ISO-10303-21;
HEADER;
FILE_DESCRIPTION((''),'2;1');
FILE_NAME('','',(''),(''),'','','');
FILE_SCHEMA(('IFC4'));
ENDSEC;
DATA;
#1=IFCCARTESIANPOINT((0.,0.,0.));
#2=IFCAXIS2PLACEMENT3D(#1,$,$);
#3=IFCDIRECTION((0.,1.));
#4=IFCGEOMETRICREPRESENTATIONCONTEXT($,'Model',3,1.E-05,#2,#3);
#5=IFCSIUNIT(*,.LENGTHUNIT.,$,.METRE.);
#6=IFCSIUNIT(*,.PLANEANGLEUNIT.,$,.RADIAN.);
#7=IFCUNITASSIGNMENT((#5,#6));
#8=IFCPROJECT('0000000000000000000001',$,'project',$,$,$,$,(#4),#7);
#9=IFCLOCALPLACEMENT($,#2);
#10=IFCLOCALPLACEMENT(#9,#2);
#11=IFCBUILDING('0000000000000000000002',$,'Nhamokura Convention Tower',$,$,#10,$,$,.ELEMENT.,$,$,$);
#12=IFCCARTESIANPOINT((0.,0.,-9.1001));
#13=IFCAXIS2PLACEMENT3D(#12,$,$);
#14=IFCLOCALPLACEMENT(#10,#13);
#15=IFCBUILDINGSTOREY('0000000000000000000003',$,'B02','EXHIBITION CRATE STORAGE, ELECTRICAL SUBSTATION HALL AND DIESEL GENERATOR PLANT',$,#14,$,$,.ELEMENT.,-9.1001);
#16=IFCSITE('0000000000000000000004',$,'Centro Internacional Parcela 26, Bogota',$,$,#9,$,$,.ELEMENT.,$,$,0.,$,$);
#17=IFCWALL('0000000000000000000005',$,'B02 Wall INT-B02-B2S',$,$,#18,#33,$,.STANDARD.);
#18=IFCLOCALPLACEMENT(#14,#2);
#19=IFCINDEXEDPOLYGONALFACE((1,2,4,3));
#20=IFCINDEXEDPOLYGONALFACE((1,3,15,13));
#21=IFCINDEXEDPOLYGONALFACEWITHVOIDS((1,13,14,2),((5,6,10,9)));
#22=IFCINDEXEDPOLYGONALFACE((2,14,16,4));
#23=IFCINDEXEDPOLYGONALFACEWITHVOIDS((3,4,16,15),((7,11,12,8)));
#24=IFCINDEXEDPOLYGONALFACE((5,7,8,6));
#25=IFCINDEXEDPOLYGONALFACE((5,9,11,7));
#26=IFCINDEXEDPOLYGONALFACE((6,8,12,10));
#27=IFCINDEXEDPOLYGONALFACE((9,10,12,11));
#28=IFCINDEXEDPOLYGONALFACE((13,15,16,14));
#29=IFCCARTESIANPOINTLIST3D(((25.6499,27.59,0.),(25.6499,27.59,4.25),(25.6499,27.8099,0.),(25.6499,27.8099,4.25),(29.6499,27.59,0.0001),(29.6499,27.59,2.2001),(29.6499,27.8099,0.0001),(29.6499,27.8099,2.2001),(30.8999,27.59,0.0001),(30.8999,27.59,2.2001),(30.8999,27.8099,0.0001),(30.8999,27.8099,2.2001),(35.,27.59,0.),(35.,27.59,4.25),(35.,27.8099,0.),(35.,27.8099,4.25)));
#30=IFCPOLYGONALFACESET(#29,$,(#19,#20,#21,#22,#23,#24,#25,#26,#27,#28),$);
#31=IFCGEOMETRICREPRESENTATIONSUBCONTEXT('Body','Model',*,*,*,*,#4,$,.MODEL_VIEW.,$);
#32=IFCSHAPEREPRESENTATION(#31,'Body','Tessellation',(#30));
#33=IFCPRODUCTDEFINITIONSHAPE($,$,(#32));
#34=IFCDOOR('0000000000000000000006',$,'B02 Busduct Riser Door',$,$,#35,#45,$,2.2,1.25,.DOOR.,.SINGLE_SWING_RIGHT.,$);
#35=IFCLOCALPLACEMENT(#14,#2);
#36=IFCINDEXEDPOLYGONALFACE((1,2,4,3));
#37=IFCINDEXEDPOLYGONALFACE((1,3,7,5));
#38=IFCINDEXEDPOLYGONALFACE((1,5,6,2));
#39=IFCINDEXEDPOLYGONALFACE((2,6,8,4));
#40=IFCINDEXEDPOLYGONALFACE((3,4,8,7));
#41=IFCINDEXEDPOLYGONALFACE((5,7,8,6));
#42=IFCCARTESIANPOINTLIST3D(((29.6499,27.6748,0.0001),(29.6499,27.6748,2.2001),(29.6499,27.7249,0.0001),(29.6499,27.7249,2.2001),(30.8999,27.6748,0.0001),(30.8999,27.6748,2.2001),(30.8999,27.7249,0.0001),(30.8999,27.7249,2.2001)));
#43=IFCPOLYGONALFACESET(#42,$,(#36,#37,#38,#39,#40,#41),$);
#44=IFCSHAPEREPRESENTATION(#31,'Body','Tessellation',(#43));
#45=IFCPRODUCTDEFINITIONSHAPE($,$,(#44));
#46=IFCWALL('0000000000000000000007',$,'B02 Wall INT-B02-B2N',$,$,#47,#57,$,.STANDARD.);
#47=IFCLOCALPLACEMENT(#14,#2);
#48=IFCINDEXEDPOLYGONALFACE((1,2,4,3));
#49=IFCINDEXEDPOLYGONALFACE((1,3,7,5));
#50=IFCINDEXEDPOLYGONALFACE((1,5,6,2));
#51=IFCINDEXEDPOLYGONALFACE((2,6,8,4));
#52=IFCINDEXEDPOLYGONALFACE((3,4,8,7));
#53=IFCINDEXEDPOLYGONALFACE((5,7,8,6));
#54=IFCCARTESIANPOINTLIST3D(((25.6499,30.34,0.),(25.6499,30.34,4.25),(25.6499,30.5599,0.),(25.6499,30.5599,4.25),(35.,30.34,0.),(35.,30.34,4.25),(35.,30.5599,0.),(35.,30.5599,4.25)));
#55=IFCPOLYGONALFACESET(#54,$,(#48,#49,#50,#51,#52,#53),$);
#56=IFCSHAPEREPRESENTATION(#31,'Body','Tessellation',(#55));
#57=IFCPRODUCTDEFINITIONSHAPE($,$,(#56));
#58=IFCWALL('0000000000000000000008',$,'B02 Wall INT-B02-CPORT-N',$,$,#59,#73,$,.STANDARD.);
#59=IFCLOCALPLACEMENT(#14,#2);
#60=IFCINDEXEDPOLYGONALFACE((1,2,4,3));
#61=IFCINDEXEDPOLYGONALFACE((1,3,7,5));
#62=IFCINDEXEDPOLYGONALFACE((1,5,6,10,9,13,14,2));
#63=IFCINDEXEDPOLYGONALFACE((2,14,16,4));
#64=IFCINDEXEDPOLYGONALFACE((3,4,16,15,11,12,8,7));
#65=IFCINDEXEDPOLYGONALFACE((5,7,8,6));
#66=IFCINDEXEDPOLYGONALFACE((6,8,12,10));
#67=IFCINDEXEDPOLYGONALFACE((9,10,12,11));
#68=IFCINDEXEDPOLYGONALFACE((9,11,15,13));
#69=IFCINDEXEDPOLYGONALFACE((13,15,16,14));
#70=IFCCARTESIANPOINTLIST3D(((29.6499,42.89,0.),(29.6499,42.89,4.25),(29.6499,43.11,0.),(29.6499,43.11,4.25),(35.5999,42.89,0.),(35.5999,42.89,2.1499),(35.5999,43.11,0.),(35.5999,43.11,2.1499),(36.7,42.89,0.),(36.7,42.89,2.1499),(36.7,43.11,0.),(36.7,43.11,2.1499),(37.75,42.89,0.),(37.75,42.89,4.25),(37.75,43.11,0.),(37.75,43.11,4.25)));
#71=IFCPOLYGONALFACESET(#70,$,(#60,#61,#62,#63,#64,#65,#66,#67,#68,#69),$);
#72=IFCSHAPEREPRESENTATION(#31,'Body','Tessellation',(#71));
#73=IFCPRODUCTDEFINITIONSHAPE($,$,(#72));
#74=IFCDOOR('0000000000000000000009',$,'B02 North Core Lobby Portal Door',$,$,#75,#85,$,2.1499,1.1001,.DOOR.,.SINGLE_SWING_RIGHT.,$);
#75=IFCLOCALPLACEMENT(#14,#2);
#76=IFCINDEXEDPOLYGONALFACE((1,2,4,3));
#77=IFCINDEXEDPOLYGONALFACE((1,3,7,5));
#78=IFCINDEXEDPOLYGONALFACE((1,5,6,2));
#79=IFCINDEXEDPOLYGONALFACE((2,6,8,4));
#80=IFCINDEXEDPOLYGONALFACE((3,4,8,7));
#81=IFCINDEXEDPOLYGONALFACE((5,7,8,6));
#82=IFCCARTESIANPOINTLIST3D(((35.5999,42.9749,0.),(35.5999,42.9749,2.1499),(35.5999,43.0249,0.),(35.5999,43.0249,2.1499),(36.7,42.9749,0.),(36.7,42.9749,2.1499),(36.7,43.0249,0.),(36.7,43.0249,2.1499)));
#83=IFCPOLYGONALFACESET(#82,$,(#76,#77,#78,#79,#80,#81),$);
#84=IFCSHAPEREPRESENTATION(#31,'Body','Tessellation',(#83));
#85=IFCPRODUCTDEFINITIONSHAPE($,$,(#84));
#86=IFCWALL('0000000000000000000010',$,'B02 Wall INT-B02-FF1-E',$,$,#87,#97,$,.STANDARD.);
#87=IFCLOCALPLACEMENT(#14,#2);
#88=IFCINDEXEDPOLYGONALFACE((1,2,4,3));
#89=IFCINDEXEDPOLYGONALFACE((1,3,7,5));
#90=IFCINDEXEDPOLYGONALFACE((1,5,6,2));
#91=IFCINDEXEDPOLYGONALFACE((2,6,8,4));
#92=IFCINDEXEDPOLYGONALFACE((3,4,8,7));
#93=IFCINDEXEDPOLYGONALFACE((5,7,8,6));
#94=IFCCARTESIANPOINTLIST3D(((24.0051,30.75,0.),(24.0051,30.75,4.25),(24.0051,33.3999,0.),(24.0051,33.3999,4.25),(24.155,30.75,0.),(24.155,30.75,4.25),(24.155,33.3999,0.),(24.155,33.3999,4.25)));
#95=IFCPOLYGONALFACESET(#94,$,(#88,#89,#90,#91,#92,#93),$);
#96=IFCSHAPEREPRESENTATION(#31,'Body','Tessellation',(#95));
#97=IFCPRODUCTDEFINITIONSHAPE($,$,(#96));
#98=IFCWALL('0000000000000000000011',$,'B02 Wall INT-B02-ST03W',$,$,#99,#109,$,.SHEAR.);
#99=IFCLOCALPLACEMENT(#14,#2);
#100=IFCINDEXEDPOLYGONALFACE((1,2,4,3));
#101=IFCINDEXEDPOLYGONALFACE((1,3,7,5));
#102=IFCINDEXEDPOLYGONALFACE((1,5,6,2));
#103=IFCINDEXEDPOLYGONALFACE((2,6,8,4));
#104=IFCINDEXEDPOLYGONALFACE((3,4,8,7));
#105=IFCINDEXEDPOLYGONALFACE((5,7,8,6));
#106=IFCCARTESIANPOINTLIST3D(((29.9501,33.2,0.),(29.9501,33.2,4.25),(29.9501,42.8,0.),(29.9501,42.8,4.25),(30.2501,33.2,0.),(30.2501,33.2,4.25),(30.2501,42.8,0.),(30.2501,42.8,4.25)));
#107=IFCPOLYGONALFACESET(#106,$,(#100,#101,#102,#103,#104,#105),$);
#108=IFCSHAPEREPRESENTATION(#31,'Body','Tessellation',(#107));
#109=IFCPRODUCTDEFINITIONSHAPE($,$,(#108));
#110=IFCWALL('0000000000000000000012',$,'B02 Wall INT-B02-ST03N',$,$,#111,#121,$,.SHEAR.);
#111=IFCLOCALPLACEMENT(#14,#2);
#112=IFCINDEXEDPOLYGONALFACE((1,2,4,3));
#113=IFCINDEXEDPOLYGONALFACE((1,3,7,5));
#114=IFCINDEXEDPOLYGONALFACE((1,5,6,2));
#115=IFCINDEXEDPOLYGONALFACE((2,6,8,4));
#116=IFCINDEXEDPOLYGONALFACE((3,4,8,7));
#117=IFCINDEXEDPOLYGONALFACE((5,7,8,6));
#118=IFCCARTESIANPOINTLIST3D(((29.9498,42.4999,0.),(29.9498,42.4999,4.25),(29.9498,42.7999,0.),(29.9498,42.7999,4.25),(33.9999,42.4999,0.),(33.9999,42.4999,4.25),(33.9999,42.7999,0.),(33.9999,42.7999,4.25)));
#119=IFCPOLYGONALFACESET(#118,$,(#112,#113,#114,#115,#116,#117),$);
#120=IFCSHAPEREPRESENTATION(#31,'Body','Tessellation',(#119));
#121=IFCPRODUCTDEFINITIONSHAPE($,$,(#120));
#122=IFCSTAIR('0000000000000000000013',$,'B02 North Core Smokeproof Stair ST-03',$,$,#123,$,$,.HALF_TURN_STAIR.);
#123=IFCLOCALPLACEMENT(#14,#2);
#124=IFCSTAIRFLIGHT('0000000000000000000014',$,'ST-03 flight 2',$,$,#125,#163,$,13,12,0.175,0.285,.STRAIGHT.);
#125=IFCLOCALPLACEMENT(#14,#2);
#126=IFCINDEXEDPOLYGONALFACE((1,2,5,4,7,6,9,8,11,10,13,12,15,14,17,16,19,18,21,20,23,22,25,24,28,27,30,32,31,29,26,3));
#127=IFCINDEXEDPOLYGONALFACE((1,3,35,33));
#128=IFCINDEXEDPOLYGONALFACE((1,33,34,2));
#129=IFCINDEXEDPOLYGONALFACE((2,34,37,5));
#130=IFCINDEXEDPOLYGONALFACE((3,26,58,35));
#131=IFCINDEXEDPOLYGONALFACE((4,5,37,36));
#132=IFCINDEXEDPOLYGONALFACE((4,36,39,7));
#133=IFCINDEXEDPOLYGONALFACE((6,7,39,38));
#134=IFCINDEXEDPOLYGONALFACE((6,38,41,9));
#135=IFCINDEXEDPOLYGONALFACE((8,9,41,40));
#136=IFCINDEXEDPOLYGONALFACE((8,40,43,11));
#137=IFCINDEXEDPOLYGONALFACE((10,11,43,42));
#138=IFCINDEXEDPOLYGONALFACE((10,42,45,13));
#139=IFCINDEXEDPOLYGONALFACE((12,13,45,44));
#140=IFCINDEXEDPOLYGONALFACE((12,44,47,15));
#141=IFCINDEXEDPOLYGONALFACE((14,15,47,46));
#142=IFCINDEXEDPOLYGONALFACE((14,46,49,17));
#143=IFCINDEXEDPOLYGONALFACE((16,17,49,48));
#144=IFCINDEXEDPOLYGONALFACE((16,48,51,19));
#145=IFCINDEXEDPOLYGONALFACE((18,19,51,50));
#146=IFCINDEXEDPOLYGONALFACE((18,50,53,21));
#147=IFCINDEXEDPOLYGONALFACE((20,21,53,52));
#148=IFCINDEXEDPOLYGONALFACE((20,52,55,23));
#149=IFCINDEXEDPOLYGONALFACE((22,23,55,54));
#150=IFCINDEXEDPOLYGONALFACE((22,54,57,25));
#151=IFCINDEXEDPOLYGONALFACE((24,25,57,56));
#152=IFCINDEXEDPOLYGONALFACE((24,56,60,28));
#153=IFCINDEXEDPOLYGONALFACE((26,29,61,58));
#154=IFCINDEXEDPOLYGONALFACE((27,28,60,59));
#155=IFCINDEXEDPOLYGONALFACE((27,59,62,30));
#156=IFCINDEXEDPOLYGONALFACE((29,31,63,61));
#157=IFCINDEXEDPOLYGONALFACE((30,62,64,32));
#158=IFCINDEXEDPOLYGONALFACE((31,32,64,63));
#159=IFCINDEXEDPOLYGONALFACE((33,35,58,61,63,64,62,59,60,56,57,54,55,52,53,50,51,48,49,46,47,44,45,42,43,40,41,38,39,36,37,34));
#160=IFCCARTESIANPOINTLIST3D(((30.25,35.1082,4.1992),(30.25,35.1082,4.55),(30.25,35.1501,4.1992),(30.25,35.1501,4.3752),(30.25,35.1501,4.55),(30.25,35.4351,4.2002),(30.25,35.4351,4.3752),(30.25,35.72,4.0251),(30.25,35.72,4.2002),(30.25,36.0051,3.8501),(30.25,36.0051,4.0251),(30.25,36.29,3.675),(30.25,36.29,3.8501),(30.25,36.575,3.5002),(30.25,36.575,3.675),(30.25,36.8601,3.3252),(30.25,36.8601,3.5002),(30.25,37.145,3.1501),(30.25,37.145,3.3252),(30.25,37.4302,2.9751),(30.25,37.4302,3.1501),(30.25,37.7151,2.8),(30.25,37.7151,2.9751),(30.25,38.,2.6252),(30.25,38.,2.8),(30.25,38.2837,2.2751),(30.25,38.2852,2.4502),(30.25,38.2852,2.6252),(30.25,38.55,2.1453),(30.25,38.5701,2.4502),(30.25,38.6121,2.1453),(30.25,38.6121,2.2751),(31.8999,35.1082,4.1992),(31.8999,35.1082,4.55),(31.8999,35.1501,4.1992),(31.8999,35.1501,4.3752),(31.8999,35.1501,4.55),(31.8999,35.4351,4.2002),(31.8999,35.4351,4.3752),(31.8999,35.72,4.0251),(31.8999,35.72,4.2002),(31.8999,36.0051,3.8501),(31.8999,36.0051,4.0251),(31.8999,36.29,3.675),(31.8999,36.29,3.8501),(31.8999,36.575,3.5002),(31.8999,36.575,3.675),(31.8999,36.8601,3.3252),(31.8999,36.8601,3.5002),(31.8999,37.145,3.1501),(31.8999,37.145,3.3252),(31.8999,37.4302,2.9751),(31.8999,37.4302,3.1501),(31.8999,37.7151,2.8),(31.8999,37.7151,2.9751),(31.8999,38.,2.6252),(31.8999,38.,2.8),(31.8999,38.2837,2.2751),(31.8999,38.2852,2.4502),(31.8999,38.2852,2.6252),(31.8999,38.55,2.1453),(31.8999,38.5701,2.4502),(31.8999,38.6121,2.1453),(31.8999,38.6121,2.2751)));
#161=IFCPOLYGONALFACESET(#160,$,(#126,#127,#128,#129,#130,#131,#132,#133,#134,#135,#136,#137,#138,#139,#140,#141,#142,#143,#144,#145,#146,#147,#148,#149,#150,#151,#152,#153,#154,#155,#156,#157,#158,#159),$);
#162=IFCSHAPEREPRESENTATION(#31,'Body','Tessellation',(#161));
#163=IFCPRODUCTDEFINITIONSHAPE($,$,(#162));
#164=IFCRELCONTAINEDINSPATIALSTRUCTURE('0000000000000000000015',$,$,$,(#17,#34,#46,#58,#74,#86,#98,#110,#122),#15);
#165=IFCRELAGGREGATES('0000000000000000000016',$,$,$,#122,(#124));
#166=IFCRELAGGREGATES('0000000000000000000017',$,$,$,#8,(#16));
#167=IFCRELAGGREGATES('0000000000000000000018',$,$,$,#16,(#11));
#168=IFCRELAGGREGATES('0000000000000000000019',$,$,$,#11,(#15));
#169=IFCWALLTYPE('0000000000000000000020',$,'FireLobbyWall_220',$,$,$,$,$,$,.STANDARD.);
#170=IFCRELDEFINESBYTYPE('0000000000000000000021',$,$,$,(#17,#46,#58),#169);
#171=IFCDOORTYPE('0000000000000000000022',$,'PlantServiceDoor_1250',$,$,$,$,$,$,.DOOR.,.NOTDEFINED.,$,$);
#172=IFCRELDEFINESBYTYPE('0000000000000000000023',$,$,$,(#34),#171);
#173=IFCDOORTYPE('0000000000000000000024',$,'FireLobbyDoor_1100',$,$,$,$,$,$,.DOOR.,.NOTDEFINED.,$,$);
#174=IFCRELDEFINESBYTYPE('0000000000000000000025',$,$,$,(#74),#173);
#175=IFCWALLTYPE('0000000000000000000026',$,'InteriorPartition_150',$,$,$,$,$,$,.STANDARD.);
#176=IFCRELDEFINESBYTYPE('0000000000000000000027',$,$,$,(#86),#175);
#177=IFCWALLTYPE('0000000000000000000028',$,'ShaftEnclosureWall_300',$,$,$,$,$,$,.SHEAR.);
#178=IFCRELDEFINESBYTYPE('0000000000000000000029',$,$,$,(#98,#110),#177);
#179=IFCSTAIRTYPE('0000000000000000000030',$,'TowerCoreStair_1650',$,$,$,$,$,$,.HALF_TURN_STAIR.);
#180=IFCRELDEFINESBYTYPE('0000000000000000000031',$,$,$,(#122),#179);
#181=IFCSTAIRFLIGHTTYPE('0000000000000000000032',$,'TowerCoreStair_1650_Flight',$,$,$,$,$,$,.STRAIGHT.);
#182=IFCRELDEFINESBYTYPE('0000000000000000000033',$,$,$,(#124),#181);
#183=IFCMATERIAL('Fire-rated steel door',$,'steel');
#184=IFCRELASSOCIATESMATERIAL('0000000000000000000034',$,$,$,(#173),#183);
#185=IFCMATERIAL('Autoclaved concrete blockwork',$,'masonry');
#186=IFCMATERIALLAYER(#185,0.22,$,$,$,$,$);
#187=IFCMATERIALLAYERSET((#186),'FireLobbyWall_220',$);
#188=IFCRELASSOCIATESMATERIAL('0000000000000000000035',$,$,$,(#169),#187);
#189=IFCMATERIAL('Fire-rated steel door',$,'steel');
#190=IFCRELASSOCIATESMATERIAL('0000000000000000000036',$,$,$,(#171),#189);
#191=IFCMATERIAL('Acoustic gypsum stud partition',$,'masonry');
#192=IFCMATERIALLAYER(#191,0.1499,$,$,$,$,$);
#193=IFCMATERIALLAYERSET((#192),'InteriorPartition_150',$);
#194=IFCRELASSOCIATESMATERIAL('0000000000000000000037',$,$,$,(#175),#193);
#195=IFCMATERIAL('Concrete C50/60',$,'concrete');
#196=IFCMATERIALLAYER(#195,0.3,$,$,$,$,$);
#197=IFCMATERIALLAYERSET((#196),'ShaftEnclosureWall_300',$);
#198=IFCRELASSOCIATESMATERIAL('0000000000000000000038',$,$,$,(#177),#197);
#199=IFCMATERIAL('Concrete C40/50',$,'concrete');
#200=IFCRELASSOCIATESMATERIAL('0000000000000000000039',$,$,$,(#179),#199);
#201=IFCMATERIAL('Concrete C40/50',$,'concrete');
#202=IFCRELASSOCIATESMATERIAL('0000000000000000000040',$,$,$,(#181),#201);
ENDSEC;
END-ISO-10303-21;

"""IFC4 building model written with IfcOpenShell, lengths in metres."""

from ifc_helpers import new_model, si_unit, direction, frame, frame_2d, origin, place, context, subcontext, project, spatial, polyline, rectangle, outline, extrude, material, layer, layer_set, type_object, element, fill, aggregate, save


model = new_model("IFC4")

# Units and contexts
model_context = context("Model", 3, precision=1e-05, world=origin(), true_north=direction((0.0, 1.0)))
body_context = subcontext(model_context, "Body", "Model", "MODEL_VIEW")
ifc_project = project(units=[si_unit("LENGTHUNIT", "METRE"), si_unit("PLANEANGLEUNIT", "RADIAN")], contexts=[model_context])

# Site, building, storey
site_placement = place(None, origin())
site = spatial("IfcSite", under=ifc_project, at=site_placement, Name="Centro Internacional Parcela 26, Bogota", CompositionType="ELEMENT", RefElevation=0.0)
building_placement = place(site_placement, origin())
building = spatial("IfcBuilding", under=site, at=building_placement, Name="Nhamokura Convention Tower", CompositionType="ELEMENT")
storey_placement = place(building_placement, frame((0.0, 0.0, -9.1001)))
storey = spatial("IfcBuildingStorey", under=building, at=storey_placement, Name="B02", Description="EXHIBITION CRATE STORAGE, ELECTRICAL SUBSTATION HALL AND DIESEL GENERATOR PLANT", CompositionType="ELEMENT", Elevation=-9.1001)

# Wall, opening, door
ifc_material_1 = material(Name="Fire-rated steel door", Category="steel")
door_type_1 = type_object("IfcDoorType", Name="FireLobbyDoor_1100", OperationType="NOTDEFINED", PredefinedType="DOOR", material=ifc_material_1)
ifc_material_2 = material(Name="Autoclaved concrete blockwork", Category="masonry")
ifc_layer_1 = layer(ifc_material_2, 0.22)
ifc_layer_set_1 = layer_set([ifc_layer_1], Name="FireLobbyWall_220")
wall_type_1 = type_object("IfcWallType", Name="FireLobbyWall_220", PredefinedType="STANDARD", material=ifc_layer_set_1)
wall_1_placement = place(storey_placement, frame((25.6499, 27.7, 0.0), z_axis=(0.0, 0.0, 1.0), x_axis=(1.0, 0.0, 0.0)))
wall_1 = element("IfcWall", 1, at=wall_1_placement, inside=storey, type_object=wall_type_1, Name="B02 Wall INT-B02-B2S", PredefinedType="STANDARD", context=body_context, shape_type="SweptSolid", body=[
    extrude(rectangle(XDim=9.3501, YDim=0.22, at=frame_2d((4.675, 0.0))), origin(), (0.0, 0.0, 1.0), 4.25),
])
opening_1_placement = place(wall_1_placement, frame((4.0, 0.0, 0.0)))
opening_1 = element("IfcOpeningElement", 2, at=opening_1_placement, cuts=wall_1, PredefinedType="OPENING", context=body_context, shape_type="SweptSolid", body=[
    extrude(rectangle(XDim=1.25, YDim=2.2, at=frame_2d((0.625, 1.1001))), frame((0.0, 0.1199, 0.0), z_axis=(0.0, -1.0, 0.0), x_axis=(1.0, 0.0, 0.0)), (0.0, 0.0, 1.0), 0.24),
])
ifc_material_3 = material(Name="Fire-rated steel door", Category="steel")
door_type_2 = type_object("IfcDoorType", Name="PlantServiceDoor_1250", OperationType="NOTDEFINED", PredefinedType="DOOR", material=ifc_material_3)
door_1_placement = place(opening_1_placement, origin())
door_1 = element("IfcDoor", 3, at=door_1_placement, inside=storey, type_object=door_type_2, Name="B02 Busduct Riser Door", OperationType="SINGLE_SWING_RIGHT", OverallHeight=2.2, OverallWidth=1.25, PredefinedType="DOOR", context=body_context, shape_type="SweptSolid", body=[
    extrude(rectangle(XDim=1.25, YDim=2.2, at=frame_2d((0.625, 1.1001))), frame((0.0, 0.0249, 0.0), z_axis=(0.0, -1.0, 0.0), x_axis=(1.0, 0.0, 0.0)), (0.0, 0.0, 1.0), 0.05),
])
fill(opening_1, door_1)

# Wall
wall_2_placement = place(storey_placement, frame((25.6499, 30.45, 0.0), z_axis=(0.0, 0.0, 1.0), x_axis=(1.0, 0.0, 0.0)))
element("IfcWall", 4, at=wall_2_placement, inside=storey, type_object=wall_type_1, Name="B02 Wall INT-B02-B2N", PredefinedType="STANDARD", context=body_context, shape_type="SweptSolid", body=[
    extrude(rectangle(XDim=9.3501, YDim=0.22, at=frame_2d((4.675, 0.0))), origin(), (0.0, 0.0, 1.0), 4.25),
])

# Wall, opening, door
wall_3_placement = place(storey_placement, frame((29.6499, 43.0, 0.0), z_axis=(0.0, 0.0, 1.0), x_axis=(1.0, 0.0, 0.0)))
wall_3 = element("IfcWall", 5, at=wall_3_placement, inside=storey, type_object=wall_type_1, Name="B02 Wall INT-B02-CPORT-N", PredefinedType="STANDARD", context=body_context, shape_type="SweptSolid", body=[
    extrude(rectangle(XDim=8.1001, YDim=0.22, at=frame_2d((4.05, 0.0))), origin(), (0.0, 0.0, 1.0), 4.25),
])
opening_2_placement = place(wall_3_placement, frame((5.95, 0.0, 0.0)))
opening_2 = element("IfcOpeningElement", 6, at=opening_2_placement, cuts=wall_3, PredefinedType="OPENING", context=body_context, shape_type="SweptSolid", body=[
    extrude(rectangle(XDim=1.1001, YDim=2.1499, at=frame_2d((0.55, 1.075))), frame((0.0, 0.1199, 0.0), z_axis=(0.0, -1.0, 0.0), x_axis=(1.0, 0.0, 0.0)), (0.0, 0.0, 1.0), 0.24),
])
door_2_placement = place(opening_2_placement, origin())
door_2 = element("IfcDoor", 7, at=door_2_placement, inside=storey, type_object=door_type_1, Name="B02 North Core Lobby Portal Door", OperationType="SINGLE_SWING_RIGHT", OverallHeight=2.1499, OverallWidth=1.1001, PredefinedType="DOOR", context=body_context, shape_type="SweptSolid", body=[
    extrude(rectangle(XDim=1.1001, YDim=2.1499, at=frame_2d((0.55, 1.075))), frame((0.0, 0.0249, 0.0), z_axis=(0.0, -1.0, 0.0), x_axis=(1.0, 0.0, 0.0)), (0.0, 0.0, 1.0), 0.05),
])
fill(opening_2, door_2)

# Walls
ifc_material_4 = material(Name="Acoustic gypsum stud partition", Category="masonry")
ifc_layer_2 = layer(ifc_material_4, 0.1499)
ifc_layer_set_2 = layer_set([ifc_layer_2], Name="InteriorPartition_150")
wall_type_2 = type_object("IfcWallType", Name="InteriorPartition_150", PredefinedType="STANDARD", material=ifc_layer_set_2)
wall_4_placement = place(storey_placement, frame((24.0801, 30.75, 0.0), z_axis=(0.0, 0.0, 1.0), x_axis=(0.0, 1.0, 0.0)))
element("IfcWall", 8, at=wall_4_placement, inside=storey, type_object=wall_type_2, Name="B02 Wall INT-B02-FF1-E", PredefinedType="STANDARD", context=body_context, shape_type="SweptSolid", body=[
    extrude(rectangle(XDim=2.6499, YDim=0.1499, at=frame_2d((1.325, 0.0))), origin(), (0.0, 0.0, 1.0), 4.25),
])
ifc_material_5 = material(Name="Concrete C50/60", Category="concrete")
ifc_layer_3 = layer(ifc_material_5, 0.3)
ifc_layer_set_3 = layer_set([ifc_layer_3], Name="ShaftEnclosureWall_300")
wall_type_3 = type_object("IfcWallType", Name="ShaftEnclosureWall_300", PredefinedType="SHEAR", material=ifc_layer_set_3)
wall_5_placement = place(storey_placement, frame((30.1001, 33.2, 0.0), z_axis=(0.0, 0.0, 1.0), x_axis=(0.0, 1.0, 0.0)))
element("IfcWall", 9, at=wall_5_placement, inside=storey, type_object=wall_type_3, Name="B02 Wall INT-B02-ST03W", PredefinedType="SHEAR", context=body_context, shape_type="SweptSolid", body=[
    extrude(rectangle(XDim=9.6001, YDim=0.3, at=frame_2d((4.8, 0.0))), origin(), (0.0, 0.0, 1.0), 4.25),
])

# Wall
wall_6_placement = place(storey_placement, frame((29.95, 42.6499, 0.0), z_axis=(0.0, 0.0, 1.0), x_axis=(1.0, 0.0, 0.0)))
element("IfcWall", 10, at=wall_6_placement, inside=storey, type_object=wall_type_3, Name="B02 Wall INT-B02-ST03N", PredefinedType="SHEAR", context=body_context, shape_type="SweptSolid", body=[
    extrude(rectangle(XDim=4.05, YDim=0.3, at=frame_2d((2.0249, 0.0))), origin(), (0.0, 0.0, 1.0), 4.25),
])

# Stair, stair flight
ifc_material_6 = material(Name="Concrete C40/50", Category="concrete")
stair_type = type_object("IfcStairType", Name="TowerCoreStair_1650", PredefinedType="HALF_TURN_STAIR", material=ifc_material_6)
stair_placement = place(storey_placement, origin())
stair = element("IfcStair", 11, at=stair_placement, inside=storey, type_object=stair_type, Name="B02 North Core Smokeproof Stair ST-03", PredefinedType="HALF_TURN_STAIR")
ifc_material_7 = material(Name="Concrete C40/50", Category="concrete")
stair_flight_type = type_object("IfcStairFlightType", Name="TowerCoreStair_1650_Flight", PredefinedType="STRAIGHT", material=ifc_material_7)
stair_flight_placement = place(storey_placement, frame((31.075, 38.5701, 2.2751), z_axis=(0.0, 0.0, 1.0), x_axis=(0.0, -1.0, 0.0)))
stair_flight = element("IfcStairFlight", 12, at=stair_flight_placement, type_object=stair_flight_type, Name="ST-03 flight 2", NumberOfRisers=13, NumberOfTreads=12, PredefinedType="STRAIGHT", RiserHeight=0.175, TreadLength=0.285, context=body_context, shape_type="SweptSolid", body=[
    extrude(outline(polyline([(-0.042, 0.0), (0.0, 0.175), (0.2849, 0.175), (0.2849, 0.3501), (0.5701, 0.3501), (0.5701, 0.5249), (0.855, 0.5249), (0.855, 0.7), (1.1399, 0.7), (1.1399, 0.875), (1.425, 0.875), (1.425, 1.05), (1.71, 1.05), (1.71, 1.2251), (1.9951, 1.2251), (1.9951, 1.3999), (2.28, 1.3999), (2.28, 1.575), (2.5649, 1.575), (2.5649, 1.75), (2.8501, 1.75), (2.8501, 1.925), (3.135, 1.925), (3.135, 2.1001), (3.4199, 2.1001), (3.4199, 2.2749), (3.4619, 2.2749), (3.4619, 1.9241), (3.4199, 1.9241), (0.2864, 0.0), (0.02, -0.1299), (-0.042, -0.1299), (-0.042, 0.0)])), frame((0.0, 0.825, 0.0), z_axis=(0.0, -1.0, 0.0), x_axis=(1.0, 0.0, 0.0)), (0.0, 0.0, 1.0), 1.6499),
])
aggregate(stair, [stair_flight])

save(model, "model.ifc")
